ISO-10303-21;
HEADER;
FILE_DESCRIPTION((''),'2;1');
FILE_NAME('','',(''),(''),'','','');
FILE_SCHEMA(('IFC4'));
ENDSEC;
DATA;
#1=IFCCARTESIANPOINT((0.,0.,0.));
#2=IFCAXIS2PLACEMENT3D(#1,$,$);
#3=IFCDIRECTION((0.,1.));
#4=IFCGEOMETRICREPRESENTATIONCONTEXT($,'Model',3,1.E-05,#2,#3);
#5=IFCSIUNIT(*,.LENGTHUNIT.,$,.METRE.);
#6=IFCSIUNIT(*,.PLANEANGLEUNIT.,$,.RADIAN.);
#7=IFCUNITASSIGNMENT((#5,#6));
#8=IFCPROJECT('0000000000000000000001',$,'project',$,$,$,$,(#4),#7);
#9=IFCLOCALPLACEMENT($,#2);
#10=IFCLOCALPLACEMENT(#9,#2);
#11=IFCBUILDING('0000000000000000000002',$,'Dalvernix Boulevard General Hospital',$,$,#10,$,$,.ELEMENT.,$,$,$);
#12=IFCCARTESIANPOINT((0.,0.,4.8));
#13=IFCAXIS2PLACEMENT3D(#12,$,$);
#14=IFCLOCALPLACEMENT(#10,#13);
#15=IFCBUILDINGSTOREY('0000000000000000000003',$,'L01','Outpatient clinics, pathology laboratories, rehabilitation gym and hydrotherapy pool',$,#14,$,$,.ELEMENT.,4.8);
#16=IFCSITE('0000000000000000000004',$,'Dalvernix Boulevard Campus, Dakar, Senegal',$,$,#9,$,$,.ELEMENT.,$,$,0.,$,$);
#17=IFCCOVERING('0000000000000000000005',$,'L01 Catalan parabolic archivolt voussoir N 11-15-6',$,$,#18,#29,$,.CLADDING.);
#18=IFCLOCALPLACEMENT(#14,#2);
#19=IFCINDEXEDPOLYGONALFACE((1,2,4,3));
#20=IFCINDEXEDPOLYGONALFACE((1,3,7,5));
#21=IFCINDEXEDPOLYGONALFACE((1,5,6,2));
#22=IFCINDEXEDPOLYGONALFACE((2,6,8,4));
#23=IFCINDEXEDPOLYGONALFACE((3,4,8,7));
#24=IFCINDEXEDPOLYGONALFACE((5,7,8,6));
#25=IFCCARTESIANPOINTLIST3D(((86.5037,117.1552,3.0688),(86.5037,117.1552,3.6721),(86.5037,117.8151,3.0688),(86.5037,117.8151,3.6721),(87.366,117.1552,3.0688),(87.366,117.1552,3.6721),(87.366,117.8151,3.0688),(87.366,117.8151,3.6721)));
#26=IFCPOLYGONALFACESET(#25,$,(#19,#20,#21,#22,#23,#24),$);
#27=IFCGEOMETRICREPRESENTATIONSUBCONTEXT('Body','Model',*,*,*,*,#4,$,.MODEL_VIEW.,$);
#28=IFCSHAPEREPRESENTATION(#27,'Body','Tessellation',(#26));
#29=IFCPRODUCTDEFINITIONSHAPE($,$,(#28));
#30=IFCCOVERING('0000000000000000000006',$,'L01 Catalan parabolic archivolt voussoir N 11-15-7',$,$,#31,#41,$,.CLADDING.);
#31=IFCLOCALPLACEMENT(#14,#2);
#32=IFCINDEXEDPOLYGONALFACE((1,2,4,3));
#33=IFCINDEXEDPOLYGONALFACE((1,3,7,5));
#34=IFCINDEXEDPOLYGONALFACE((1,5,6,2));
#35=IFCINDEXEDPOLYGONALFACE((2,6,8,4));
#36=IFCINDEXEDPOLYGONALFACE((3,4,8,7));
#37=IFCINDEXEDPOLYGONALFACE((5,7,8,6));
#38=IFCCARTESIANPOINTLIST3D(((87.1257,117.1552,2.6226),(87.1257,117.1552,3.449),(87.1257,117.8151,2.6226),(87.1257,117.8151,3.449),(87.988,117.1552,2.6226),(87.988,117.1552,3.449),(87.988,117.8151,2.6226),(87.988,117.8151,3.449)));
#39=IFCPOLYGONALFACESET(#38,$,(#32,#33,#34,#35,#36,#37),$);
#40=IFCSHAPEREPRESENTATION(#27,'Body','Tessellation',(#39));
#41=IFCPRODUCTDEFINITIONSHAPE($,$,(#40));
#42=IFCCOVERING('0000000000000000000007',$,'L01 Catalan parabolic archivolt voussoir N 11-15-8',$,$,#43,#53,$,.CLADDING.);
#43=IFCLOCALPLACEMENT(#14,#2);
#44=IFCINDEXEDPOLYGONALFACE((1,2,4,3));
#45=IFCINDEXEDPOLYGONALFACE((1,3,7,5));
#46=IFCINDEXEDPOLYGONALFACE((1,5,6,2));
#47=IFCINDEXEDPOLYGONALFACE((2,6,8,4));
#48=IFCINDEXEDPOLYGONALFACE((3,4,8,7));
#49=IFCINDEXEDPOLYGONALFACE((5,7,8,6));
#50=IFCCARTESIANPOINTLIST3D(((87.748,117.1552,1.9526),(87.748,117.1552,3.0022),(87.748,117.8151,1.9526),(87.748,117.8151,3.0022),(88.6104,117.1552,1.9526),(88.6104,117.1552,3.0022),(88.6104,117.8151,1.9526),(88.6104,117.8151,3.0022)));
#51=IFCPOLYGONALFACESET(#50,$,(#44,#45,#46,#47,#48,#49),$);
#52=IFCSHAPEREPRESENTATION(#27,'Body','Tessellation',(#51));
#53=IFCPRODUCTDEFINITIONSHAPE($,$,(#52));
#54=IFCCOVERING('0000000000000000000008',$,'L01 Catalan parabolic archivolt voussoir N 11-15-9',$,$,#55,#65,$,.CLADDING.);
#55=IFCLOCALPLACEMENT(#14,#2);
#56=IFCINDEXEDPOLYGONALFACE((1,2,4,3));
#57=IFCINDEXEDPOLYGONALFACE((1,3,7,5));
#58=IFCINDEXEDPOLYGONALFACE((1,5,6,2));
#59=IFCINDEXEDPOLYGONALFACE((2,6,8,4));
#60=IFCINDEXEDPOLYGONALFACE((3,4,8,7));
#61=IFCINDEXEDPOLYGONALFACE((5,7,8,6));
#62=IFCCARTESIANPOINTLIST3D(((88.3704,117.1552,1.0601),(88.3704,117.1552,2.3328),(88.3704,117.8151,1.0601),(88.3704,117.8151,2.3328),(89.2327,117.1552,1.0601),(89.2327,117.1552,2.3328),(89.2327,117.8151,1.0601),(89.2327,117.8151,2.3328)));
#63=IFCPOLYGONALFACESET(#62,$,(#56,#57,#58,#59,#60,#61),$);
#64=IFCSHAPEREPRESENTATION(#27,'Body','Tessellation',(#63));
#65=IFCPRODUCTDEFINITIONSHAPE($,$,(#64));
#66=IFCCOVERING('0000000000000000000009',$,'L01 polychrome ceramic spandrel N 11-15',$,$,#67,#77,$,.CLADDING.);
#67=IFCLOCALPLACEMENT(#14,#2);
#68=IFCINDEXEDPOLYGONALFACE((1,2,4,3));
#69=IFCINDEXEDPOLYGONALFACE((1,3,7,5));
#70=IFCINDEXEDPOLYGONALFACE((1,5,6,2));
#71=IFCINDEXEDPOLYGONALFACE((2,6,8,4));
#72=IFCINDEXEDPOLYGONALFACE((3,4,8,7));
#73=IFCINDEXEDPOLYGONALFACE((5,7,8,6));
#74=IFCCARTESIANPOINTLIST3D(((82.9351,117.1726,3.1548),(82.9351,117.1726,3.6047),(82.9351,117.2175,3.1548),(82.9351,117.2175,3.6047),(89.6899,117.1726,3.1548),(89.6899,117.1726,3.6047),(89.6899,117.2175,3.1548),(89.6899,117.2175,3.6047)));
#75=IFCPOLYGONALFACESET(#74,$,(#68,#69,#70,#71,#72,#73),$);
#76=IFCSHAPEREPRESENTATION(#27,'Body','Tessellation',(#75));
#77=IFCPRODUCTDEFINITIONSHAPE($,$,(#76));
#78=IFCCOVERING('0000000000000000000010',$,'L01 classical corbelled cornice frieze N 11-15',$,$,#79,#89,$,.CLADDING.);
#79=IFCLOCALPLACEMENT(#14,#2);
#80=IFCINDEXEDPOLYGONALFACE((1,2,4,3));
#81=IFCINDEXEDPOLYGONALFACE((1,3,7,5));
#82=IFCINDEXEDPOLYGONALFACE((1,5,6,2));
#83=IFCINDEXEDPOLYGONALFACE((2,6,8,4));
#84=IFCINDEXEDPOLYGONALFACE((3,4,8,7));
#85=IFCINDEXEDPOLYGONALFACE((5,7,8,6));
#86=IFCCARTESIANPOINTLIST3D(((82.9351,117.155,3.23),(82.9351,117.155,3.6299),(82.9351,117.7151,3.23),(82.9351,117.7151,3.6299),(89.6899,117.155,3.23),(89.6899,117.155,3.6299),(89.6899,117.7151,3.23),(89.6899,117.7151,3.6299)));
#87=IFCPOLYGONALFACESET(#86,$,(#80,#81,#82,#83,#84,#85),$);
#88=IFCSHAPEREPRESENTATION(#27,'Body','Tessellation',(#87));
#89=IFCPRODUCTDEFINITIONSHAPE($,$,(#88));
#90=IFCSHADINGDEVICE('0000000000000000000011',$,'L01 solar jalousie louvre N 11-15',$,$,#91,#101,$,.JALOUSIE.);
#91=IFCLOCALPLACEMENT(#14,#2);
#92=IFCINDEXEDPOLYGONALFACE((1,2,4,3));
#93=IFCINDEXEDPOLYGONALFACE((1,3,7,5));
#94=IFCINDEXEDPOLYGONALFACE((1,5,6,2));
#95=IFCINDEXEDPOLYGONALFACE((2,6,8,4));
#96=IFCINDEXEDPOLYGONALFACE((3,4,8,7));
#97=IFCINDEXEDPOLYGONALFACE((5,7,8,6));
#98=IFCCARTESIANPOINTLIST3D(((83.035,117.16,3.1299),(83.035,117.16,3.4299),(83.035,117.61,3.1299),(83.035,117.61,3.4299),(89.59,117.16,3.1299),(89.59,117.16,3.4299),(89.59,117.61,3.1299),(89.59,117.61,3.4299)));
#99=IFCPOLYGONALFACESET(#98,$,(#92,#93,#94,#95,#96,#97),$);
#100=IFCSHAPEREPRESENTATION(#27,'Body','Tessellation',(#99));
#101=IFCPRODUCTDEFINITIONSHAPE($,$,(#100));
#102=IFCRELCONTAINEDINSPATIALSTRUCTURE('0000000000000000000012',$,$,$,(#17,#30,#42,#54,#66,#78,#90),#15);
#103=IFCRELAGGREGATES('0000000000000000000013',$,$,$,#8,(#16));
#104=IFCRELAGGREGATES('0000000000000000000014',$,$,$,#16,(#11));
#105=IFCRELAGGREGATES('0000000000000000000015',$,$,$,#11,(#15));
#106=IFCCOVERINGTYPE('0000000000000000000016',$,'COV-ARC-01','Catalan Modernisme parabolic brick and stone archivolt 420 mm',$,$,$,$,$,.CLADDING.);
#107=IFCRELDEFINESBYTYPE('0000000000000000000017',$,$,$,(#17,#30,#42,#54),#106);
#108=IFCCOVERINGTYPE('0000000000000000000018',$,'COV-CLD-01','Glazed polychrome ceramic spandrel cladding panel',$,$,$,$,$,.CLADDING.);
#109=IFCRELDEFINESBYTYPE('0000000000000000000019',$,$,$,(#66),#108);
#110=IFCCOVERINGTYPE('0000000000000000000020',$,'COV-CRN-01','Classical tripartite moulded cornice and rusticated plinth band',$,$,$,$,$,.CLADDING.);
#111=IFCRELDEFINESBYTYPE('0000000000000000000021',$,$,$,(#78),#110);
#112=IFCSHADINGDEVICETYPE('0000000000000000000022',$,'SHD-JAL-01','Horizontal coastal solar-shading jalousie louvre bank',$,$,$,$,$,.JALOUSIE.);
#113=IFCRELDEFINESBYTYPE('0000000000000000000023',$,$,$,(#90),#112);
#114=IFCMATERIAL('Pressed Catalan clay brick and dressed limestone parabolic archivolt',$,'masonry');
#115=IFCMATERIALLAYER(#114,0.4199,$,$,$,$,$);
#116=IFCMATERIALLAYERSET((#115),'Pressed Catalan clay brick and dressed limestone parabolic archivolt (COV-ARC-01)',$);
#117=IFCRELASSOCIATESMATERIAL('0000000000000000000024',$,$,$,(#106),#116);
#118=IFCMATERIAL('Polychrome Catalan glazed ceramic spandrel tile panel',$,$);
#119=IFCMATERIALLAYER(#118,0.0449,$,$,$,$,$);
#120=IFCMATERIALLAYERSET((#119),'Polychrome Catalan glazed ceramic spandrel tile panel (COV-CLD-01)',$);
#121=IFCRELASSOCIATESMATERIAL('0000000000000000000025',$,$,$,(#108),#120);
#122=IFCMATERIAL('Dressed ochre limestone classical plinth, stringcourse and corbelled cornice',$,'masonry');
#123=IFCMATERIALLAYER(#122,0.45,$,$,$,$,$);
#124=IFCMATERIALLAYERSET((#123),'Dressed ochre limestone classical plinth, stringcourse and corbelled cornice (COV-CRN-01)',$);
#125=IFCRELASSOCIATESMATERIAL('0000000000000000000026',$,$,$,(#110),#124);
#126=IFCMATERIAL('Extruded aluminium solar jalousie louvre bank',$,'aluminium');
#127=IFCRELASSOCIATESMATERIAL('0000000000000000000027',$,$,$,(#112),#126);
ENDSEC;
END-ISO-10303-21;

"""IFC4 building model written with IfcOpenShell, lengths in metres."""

from ifc_helpers import new_model, si_unit, direction, frame, origin, origin_2d, place, context, subcontext, project, spatial, rectangle, extrude, material, layer, layer_set, type_object, element, save


model = new_model("IFC4")

# Units and contexts
model_context = context("Model", 3, precision=1e-05, world=origin(), true_north=direction((0.0, 1.0)))
body_context = subcontext(model_context, "Body", "Model", "MODEL_VIEW")
ifc_project = project(units=[si_unit("LENGTHUNIT", "METRE"), si_unit("PLANEANGLEUNIT", "RADIAN")], contexts=[model_context])

# Site, building, storey
site_placement = place(None, origin())
site = spatial("IfcSite", under=ifc_project, at=site_placement, Name="Dalvernix Boulevard Campus, Dakar, Senegal", CompositionType="ELEMENT", RefElevation=0.0)
building_placement = place(site_placement, origin())
building = spatial("IfcBuilding", under=site, at=building_placement, Name="Dalvernix Boulevard General Hospital", CompositionType="ELEMENT")
storey_placement = place(building_placement, frame((0.0, 0.0, 4.8)))
storey = spatial("IfcBuildingStorey", under=building, at=storey_placement, Name="L01", Description="Outpatient clinics, pathology laboratories, rehabilitation gym and hydrotherapy pool", CompositionType="ELEMENT", Elevation=4.8)

# Coverings
ifc_material_1 = material(Name="Pressed Catalan clay brick and dressed limestone parabolic archivolt", Category="masonry")
ifc_layer_1 = layer(ifc_material_1, 0.4199)
ifc_layer_set_1 = layer_set([ifc_layer_1], Name="Pressed Catalan clay brick and dressed limestone parabolic archivolt (COV-ARC-01)")
covering_type_1 = type_object("IfcCoveringType", Name="COV-ARC-01", Description="Catalan Modernisme parabolic brick and stone archivolt 420 mm", PredefinedType="CLADDING", material=ifc_layer_set_1)
covering_1_placement = place(storey_placement, frame((86.9348, 117.4851, 3.0688), z_axis=(0.0, 0.0, 1.0), x_axis=(1.0, 0.0, 0.0)))
element("IfcCovering", 1, at=covering_1_placement, inside=storey, type_object=covering_type_1, Name="L01 Catalan parabolic archivolt voussoir N 11-15-6", PredefinedType="CLADDING", context=body_context, shape_type="SweptSolid", body=[
    extrude(rectangle(XDim=0.8623, YDim=0.6599, at=origin_2d()), origin(), (0.0, 0.0, 1.0), 0.6033),
])
covering_2_placement = place(storey_placement, frame((87.5569, 117.4851, 2.6226), z_axis=(0.0, 0.0, 1.0), x_axis=(1.0, 0.0, 0.0)))
element("IfcCovering", 2, at=covering_2_placement, inside=storey, type_object=covering_type_1, Name="L01 Catalan parabolic archivolt voussoir N 11-15-7", PredefinedType="CLADDING", context=body_context, shape_type="SweptSolid", body=[
    extrude(rectangle(XDim=0.8623, YDim=0.6599, at=origin_2d()), origin(), (0.0, 0.0, 1.0), 0.8264),
])
covering_3_placement = place(storey_placement, frame((88.1792, 117.4851, 1.9526), z_axis=(0.0, 0.0, 1.0), x_axis=(1.0, 0.0, 0.0)))
element("IfcCovering", 3, at=covering_3_placement, inside=storey, type_object=covering_type_1, Name="L01 Catalan parabolic archivolt voussoir N 11-15-8", PredefinedType="CLADDING", context=body_context, shape_type="SweptSolid", body=[
    extrude(rectangle(XDim=0.8623, YDim=0.6599, at=origin_2d()), origin(), (0.0, 0.0, 1.0), 1.0496),
])
covering_4_placement = place(storey_placement, frame((88.8015, 117.4851, 1.0601), z_axis=(0.0, 0.0, 1.0), x_axis=(1.0, 0.0, 0.0)))
element("IfcCovering", 4, at=covering_4_placement, inside=storey, type_object=covering_type_1, Name="L01 Catalan parabolic archivolt voussoir N 11-15-9", PredefinedType="CLADDING", context=body_context, shape_type="SweptSolid", body=[
    extrude(rectangle(XDim=0.8623, YDim=0.6599, at=origin_2d()), origin(), (0.0, 0.0, 1.0), 1.2727),
])
ifc_material_2 = material(Name="Polychrome Catalan glazed ceramic spandrel tile panel")
ifc_layer_2 = layer(ifc_material_2, 0.0449)
ifc_layer_set_2 = layer_set([ifc_layer_2], Name="Polychrome Catalan glazed ceramic spandrel tile panel (COV-CLD-01)")
covering_type_2 = type_object("IfcCoveringType", Name="COV-CLD-01", Description="Glazed polychrome ceramic spandrel cladding panel", PredefinedType="CLADDING", material=ifc_layer_set_2)
covering_5_placement = place(storey_placement, frame((86.3125, 117.1951, 3.1548), z_axis=(0.0, 0.0, 1.0), x_axis=(1.0, 0.0, 0.0)))
element("IfcCovering", 5, at=covering_5_placement, inside=storey, type_object=covering_type_2, Name="L01 polychrome ceramic spandrel N 11-15", PredefinedType="CLADDING", context=body_context, shape_type="SweptSolid", body=[
    extrude(rectangle(XDim=6.7549, YDim=0.0449, at=origin_2d()), origin(), (0.0, 0.0, 1.0), 0.45),
])
ifc_material_3 = material(Name="Dressed ochre limestone classical plinth, stringcourse and corbelled cornice", Category="masonry")
ifc_layer_3 = layer(ifc_material_3, 0.45)
ifc_layer_set_3 = layer_set([ifc_layer_3], Name="Dressed ochre limestone classical plinth, stringcourse and corbelled cornice (COV-CRN-01)")
covering_type_3 = type_object("IfcCoveringType", Name="COV-CRN-01", Description="Classical tripartite moulded cornice and rusticated plinth band", PredefinedType="CLADDING", material=ifc_layer_set_3)
covering_6_placement = place(storey_placement, frame((86.3125, 117.4351, 3.23), z_axis=(0.0, 0.0, 1.0), x_axis=(1.0, 0.0, 0.0)))
element("IfcCovering", 6, at=covering_6_placement, inside=storey, type_object=covering_type_3, Name="L01 classical corbelled cornice frieze N 11-15", PredefinedType="CLADDING", context=body_context, shape_type="SweptSolid", body=[
    extrude(rectangle(XDim=6.7549, YDim=0.5601, at=origin_2d()), origin(), (0.0, 0.0, 1.0), 0.3999),
])

# Shading device
ifc_material_4 = material(Name="Extruded aluminium solar jalousie louvre bank", Category="aluminium")
shading_device_type = type_object("IfcShadingDeviceType", Name="SHD-JAL-01", Description="Horizontal coastal solar-shading jalousie louvre bank", PredefinedType="JALOUSIE", material=ifc_material_4)
shading_device_placement = place(storey_placement, frame((86.3125, 117.385, 3.1299), z_axis=(0.0, 0.0, 1.0), x_axis=(1.0, 0.0, 0.0)))
element("IfcShadingDevice", 7, at=shading_device_placement, inside=storey, type_object=shading_device_type, Name="L01 solar jalousie louvre N 11-15", PredefinedType="JALOUSIE", context=body_context, shape_type="SweptSolid", body=[
    extrude(rectangle(XDim=6.5549, YDim=0.45, at=origin_2d()), origin(), (0.0, 0.0, 1.0), 0.3),
])

save(model, "model.ifc")
